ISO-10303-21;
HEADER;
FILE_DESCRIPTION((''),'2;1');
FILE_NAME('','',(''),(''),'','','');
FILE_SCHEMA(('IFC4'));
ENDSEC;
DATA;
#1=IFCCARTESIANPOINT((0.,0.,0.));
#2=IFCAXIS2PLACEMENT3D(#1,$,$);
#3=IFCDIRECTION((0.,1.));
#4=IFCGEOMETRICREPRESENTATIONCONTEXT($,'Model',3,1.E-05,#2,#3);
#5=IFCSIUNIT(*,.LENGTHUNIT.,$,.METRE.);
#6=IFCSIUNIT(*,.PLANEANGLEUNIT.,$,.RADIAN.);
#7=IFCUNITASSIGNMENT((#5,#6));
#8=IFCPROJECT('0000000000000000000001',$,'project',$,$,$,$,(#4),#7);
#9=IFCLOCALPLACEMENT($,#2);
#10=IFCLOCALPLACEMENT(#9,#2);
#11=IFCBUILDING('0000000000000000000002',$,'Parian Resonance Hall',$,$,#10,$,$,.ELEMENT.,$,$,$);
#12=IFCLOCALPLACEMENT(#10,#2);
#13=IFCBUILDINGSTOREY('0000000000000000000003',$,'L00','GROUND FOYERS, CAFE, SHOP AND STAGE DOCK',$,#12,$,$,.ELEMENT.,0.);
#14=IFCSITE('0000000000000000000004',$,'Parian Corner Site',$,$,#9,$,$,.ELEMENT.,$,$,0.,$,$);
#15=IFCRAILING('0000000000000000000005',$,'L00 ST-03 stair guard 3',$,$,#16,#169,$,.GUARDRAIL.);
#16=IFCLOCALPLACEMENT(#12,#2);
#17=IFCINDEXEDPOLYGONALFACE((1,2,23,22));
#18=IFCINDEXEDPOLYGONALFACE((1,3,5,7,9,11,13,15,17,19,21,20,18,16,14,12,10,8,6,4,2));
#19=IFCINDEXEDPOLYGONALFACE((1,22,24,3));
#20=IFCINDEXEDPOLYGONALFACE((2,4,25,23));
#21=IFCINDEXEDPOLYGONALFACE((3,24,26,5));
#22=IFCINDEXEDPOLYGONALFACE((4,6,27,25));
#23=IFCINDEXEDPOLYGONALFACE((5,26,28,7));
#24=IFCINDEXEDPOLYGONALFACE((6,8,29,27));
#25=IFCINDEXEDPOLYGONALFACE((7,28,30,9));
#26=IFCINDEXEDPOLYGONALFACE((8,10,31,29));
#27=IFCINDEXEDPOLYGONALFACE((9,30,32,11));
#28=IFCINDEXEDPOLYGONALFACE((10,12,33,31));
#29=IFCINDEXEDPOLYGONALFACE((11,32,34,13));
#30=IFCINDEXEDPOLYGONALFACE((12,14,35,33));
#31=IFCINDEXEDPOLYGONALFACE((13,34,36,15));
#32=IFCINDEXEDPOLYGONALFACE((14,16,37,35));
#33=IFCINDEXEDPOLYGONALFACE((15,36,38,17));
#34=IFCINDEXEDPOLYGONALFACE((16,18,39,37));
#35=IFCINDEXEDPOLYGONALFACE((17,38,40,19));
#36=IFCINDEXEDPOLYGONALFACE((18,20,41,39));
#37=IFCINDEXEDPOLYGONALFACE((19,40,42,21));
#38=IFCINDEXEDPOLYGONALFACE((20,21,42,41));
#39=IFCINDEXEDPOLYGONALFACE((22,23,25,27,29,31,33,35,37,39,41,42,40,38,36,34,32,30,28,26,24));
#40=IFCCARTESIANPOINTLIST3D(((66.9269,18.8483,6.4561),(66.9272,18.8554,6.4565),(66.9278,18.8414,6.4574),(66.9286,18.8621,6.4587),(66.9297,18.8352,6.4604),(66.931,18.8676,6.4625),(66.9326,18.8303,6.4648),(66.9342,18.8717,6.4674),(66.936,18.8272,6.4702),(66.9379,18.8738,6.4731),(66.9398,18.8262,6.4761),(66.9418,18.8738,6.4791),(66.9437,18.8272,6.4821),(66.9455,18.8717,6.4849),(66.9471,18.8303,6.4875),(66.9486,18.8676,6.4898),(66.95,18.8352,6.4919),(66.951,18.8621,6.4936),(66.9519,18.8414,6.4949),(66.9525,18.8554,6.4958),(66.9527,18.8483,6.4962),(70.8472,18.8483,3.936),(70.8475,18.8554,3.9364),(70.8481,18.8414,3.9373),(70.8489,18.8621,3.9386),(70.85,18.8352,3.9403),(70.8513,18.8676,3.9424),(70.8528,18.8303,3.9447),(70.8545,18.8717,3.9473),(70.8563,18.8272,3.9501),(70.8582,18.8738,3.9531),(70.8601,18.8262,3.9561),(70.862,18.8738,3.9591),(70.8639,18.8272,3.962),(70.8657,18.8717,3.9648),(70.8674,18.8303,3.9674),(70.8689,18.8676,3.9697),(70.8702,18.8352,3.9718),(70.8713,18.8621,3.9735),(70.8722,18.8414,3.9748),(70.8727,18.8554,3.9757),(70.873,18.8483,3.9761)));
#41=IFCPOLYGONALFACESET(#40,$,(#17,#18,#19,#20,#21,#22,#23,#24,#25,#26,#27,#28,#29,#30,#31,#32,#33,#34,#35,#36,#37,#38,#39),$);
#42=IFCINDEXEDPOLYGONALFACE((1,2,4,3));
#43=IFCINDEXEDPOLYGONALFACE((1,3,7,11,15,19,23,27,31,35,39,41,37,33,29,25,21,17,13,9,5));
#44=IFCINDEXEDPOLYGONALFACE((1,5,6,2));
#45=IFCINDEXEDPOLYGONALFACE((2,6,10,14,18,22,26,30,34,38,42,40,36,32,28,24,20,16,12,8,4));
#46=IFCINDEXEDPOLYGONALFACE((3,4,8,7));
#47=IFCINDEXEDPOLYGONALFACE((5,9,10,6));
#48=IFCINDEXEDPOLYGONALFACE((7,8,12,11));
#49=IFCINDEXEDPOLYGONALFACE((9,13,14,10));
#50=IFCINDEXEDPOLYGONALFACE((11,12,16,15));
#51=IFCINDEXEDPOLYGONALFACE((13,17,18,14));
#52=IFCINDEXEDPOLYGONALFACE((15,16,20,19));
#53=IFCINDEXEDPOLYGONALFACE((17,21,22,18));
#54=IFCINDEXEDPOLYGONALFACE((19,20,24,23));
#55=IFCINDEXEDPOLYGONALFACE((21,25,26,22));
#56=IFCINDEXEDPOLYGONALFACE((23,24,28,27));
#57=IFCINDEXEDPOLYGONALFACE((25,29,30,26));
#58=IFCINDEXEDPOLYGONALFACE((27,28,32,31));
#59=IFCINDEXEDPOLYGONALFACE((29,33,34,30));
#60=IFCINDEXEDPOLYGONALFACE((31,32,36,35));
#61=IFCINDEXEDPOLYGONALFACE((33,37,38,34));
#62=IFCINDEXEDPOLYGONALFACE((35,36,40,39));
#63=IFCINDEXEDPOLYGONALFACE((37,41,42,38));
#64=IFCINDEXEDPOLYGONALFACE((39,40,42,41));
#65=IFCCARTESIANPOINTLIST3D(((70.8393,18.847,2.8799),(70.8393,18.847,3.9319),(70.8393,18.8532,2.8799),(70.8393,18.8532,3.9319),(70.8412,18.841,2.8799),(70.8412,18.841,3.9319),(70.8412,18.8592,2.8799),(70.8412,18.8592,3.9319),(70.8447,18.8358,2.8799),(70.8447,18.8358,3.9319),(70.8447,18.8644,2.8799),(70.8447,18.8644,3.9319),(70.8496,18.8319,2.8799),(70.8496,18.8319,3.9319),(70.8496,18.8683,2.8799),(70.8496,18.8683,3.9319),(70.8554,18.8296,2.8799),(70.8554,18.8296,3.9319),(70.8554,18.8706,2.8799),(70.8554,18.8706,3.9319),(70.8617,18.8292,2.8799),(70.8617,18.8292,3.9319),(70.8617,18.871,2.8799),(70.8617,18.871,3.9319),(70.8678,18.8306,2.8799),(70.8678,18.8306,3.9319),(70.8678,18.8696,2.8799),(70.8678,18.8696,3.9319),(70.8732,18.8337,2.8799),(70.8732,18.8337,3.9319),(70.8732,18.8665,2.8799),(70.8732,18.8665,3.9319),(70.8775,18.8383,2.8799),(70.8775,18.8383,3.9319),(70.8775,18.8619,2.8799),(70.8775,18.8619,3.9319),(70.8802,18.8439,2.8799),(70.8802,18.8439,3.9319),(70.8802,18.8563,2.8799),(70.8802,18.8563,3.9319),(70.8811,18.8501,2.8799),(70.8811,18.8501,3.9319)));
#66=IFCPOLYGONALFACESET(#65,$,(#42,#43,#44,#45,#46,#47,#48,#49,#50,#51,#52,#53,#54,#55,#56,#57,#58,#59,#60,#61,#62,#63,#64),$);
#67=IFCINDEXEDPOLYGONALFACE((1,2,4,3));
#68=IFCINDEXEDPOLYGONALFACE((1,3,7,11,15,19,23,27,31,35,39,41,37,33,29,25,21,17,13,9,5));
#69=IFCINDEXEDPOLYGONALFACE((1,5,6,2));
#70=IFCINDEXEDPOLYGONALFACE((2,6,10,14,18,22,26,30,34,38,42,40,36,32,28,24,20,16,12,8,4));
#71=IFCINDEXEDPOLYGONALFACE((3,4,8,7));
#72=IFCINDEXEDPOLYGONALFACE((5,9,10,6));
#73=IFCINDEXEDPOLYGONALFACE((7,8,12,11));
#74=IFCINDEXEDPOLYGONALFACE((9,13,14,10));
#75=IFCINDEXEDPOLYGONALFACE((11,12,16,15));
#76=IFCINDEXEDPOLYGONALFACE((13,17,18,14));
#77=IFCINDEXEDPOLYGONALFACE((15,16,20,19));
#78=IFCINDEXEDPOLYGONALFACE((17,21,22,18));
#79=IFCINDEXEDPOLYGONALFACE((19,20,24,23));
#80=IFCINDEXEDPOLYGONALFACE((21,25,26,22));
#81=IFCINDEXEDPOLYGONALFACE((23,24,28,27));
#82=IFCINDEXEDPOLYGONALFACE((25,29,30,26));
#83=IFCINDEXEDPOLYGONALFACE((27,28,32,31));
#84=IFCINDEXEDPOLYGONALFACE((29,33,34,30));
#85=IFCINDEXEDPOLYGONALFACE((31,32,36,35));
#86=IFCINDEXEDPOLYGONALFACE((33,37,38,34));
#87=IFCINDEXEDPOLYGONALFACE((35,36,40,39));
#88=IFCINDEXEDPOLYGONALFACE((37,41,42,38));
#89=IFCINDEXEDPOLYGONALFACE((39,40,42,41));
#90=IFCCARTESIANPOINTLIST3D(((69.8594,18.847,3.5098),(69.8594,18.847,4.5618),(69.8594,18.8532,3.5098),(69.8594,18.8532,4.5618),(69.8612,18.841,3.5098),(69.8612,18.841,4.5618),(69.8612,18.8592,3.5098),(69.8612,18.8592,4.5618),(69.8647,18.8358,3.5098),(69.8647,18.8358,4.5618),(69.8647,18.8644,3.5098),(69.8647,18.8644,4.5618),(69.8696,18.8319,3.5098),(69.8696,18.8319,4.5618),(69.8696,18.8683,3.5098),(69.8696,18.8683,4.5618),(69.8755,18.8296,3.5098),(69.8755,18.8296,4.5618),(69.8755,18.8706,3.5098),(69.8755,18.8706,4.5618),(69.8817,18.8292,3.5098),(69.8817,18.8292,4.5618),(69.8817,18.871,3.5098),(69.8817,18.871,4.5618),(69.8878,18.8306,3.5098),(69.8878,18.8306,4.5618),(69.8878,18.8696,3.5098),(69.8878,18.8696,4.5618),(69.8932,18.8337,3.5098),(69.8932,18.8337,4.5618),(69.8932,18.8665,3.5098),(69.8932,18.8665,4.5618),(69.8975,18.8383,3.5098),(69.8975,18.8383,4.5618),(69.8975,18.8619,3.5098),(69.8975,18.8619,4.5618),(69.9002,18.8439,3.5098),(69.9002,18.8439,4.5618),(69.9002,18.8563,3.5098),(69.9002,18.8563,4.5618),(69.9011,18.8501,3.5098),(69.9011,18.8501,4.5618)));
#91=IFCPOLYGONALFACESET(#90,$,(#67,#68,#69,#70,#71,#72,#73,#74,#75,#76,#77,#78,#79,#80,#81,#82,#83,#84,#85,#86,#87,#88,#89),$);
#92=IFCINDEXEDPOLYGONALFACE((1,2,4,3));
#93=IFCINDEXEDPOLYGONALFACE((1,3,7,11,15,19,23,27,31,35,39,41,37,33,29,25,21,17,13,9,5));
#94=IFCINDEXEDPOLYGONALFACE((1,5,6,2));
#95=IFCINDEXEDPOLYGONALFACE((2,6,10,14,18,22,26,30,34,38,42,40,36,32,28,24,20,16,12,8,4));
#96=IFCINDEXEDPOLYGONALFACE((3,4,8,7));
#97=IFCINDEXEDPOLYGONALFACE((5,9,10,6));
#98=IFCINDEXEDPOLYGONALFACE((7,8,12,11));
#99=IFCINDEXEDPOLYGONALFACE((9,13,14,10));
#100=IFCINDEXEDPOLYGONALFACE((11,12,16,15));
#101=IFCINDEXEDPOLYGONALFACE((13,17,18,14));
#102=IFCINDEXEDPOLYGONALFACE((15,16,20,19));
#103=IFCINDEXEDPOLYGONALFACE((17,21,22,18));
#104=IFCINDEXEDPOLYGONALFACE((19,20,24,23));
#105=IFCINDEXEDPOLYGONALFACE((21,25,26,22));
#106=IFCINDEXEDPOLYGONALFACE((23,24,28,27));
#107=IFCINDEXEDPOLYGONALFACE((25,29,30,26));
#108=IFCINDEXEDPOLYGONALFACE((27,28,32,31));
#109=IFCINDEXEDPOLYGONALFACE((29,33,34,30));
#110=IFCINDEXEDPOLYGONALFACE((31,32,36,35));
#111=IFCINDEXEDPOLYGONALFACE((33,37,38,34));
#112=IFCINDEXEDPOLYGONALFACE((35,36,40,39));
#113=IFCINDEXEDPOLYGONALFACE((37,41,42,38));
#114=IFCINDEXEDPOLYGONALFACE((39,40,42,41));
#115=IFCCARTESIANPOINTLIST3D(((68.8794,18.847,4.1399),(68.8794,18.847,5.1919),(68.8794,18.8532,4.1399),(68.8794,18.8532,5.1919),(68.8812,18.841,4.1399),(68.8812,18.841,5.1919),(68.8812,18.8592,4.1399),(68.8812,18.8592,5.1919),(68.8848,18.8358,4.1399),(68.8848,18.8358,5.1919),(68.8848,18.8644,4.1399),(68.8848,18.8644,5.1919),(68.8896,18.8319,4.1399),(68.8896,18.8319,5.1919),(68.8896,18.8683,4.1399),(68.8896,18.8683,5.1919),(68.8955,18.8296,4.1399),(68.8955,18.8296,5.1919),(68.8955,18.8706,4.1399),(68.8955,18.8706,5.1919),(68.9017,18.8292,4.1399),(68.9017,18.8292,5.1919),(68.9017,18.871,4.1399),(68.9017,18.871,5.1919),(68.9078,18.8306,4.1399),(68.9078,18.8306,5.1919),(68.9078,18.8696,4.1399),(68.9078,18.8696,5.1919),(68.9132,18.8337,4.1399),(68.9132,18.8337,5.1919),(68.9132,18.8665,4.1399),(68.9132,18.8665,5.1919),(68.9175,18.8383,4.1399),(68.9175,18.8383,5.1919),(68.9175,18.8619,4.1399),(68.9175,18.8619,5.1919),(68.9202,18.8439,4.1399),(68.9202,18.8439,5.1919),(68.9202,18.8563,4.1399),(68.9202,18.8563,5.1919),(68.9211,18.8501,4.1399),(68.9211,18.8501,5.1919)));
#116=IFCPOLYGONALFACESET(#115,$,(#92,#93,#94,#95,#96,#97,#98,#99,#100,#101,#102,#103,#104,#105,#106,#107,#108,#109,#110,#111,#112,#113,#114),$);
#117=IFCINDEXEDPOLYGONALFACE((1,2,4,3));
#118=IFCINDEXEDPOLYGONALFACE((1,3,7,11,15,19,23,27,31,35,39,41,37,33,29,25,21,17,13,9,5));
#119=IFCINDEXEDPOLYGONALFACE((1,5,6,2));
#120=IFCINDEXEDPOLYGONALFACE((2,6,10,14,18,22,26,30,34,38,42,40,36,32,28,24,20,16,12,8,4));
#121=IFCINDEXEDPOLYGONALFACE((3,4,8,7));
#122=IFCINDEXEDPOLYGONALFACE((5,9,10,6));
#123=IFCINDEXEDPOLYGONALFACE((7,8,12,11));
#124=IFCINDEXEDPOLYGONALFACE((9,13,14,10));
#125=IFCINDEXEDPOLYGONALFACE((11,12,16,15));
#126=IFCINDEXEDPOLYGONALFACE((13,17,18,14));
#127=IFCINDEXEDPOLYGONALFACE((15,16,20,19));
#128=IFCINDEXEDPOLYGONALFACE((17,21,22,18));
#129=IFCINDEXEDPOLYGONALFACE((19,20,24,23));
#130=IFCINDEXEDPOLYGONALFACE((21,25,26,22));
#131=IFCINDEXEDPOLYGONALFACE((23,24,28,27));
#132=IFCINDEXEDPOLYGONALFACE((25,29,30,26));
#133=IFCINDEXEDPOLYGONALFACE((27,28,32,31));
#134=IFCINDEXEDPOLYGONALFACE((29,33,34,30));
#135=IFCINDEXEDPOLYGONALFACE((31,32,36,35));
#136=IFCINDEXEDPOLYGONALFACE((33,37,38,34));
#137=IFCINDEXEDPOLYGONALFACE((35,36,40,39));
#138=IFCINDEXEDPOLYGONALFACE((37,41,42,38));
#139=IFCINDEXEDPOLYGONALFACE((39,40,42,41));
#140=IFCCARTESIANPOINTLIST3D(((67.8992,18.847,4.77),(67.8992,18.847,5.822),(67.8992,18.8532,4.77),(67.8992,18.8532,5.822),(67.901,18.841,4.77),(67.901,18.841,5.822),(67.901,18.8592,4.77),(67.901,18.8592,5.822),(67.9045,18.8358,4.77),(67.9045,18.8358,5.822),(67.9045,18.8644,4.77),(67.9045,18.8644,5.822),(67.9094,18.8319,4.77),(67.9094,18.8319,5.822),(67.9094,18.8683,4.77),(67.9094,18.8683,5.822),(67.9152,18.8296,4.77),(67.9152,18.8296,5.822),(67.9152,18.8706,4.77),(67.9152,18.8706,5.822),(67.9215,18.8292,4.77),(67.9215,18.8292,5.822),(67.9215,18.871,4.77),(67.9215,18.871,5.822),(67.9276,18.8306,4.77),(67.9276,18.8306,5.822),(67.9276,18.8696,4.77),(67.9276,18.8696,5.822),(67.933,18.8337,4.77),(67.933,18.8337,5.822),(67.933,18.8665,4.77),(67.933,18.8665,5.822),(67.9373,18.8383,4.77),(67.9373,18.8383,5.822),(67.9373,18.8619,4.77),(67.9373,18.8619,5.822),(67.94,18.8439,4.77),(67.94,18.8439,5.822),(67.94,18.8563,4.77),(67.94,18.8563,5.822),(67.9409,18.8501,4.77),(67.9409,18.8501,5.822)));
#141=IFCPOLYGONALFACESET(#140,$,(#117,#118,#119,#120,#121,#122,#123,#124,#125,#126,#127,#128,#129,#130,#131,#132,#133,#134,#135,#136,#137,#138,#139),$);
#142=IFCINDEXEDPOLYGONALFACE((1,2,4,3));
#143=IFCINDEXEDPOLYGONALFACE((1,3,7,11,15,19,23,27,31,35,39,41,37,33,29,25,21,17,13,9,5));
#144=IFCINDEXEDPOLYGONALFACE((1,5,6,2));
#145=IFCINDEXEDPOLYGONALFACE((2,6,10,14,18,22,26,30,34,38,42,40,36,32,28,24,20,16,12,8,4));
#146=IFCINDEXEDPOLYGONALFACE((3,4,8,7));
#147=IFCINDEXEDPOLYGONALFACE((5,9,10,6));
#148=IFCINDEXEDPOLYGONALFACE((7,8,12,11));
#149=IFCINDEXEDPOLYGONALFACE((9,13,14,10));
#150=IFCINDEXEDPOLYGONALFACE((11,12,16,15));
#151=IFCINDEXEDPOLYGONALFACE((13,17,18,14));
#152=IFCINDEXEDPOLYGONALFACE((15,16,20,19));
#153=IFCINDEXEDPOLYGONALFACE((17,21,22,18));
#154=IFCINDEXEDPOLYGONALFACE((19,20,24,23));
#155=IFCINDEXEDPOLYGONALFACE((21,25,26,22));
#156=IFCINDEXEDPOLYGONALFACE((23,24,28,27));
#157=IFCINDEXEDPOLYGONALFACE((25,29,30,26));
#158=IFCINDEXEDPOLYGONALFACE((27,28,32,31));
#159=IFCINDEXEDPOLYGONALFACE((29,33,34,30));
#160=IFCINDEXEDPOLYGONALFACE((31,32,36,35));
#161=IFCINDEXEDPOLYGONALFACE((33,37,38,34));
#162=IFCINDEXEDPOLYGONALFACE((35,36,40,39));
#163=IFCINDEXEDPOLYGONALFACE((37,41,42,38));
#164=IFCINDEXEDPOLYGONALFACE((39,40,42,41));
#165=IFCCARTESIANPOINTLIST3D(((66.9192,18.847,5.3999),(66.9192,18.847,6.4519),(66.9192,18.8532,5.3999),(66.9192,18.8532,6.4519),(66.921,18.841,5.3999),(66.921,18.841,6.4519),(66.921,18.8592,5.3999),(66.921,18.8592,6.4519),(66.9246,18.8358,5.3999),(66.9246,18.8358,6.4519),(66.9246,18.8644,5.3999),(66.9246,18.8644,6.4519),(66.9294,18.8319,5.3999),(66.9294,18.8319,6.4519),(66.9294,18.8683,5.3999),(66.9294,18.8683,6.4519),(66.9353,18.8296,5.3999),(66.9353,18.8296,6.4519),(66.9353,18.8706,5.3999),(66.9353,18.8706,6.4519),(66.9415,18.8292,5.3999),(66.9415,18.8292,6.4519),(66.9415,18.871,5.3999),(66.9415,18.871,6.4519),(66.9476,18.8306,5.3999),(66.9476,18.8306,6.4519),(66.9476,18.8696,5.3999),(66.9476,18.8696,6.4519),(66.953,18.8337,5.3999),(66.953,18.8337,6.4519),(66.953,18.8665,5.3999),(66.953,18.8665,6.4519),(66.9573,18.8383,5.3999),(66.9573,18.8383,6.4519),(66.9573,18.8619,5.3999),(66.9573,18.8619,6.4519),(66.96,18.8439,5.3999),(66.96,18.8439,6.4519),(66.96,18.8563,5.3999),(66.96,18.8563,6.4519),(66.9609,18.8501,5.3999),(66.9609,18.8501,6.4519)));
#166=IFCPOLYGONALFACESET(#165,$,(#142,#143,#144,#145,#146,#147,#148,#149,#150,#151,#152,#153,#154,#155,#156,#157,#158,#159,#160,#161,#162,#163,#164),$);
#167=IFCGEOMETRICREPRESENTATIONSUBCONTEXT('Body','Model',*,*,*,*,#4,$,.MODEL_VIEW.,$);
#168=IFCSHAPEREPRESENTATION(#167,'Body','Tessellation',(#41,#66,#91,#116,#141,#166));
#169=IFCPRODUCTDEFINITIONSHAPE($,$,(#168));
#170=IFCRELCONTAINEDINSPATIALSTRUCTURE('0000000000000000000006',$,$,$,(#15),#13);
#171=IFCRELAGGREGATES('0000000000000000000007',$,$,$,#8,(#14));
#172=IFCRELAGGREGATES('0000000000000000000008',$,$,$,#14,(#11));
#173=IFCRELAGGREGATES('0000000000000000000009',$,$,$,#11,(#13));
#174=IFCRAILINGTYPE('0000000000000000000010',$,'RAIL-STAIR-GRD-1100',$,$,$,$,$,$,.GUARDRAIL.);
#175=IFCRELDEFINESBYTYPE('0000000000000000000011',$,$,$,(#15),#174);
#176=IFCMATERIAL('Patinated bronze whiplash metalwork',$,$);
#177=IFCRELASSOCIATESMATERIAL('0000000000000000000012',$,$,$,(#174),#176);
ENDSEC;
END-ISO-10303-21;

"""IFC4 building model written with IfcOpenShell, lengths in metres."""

from ifc_helpers import new_model, si_unit, direction, frame, origin, origin_2d, place, context, subcontext, project, spatial, circle, extrude, material, type_object, element, save


model = new_model("IFC4")

# Units and contexts
model_context = context("Model", 3, precision=1e-05, world=origin(), true_north=direction((0.0, 1.0)))
body_context = subcontext(model_context, "Body", "Model", "MODEL_VIEW")
ifc_project = project(units=[si_unit("LENGTHUNIT", "METRE"), si_unit("PLANEANGLEUNIT", "RADIAN")], contexts=[model_context])

# Site, building, storey
site_placement = place(None, origin())
site = spatial("IfcSite", under=ifc_project, at=site_placement, Name="Parian Corner Site", CompositionType="ELEMENT", RefElevation=0.0)
building_placement = place(site_placement, origin())
building = spatial("IfcBuilding", under=site, at=building_placement, Name="Parian Resonance Hall", CompositionType="ELEMENT")
storey_placement = place(building_placement, origin())
storey = spatial("IfcBuildingStorey", under=building, at=storey_placement, Name="L00", Description="GROUND FOYERS, CAFE, SHOP AND STAGE DOCK", CompositionType="ELEMENT", Elevation=0.0)

# Railing
ifc_material_1 = material(Name="Patinated bronze whiplash metalwork")
railing_type_1 = type_object("IfcRailingType", Name="RAIL-STAIR-GRD-1100", PredefinedType="GUARDRAIL", material=ifc_material_1)
railing_1_placement = place(storey_placement, frame((70.8601, 18.8501, 2.8799)))
element("IfcRailing", 1, at=railing_1_placement, inside=storey, type_object=railing_type_1, Name="L00 ST-03 stair guard 3", PredefinedType="GUARDRAIL", context=body_context, shape_type="SweptSolid", body=[
    extrude(circle(Radius=0.0239, at=origin_2d()), frame((0.0, 0.0, 1.0762), z_axis=(-0.841187, 0.0, 0.540744), x_axis=(0.0, -1.0, 0.0)), (0.0, 0.0, 1.0), 4.6604),
    extrude(circle(Radius=0.021, at=origin_2d()), origin(), (0.0, 0.0, 1.0), 1.052),
    extrude(circle(Radius=0.021, at=origin_2d()), frame((-0.98, 0.0, 0.6299)), (0.0, 0.0, 1.0), 1.052),
    extrude(circle(Radius=0.021, at=origin_2d()), frame((-1.96, 0.0, 1.26)), (0.0, 0.0, 1.0), 1.052),
    extrude(circle(Radius=0.021, at=origin_2d()), frame((-2.9402, 0.0, 1.8901)), (0.0, 0.0, 1.0), 1.052),
    extrude(circle(Radius=0.021, at=origin_2d()), frame((-3.9202, 0.0, 2.52)), (0.0, 0.0, 1.0), 1.052),
])

save(model, "model.ifc")
